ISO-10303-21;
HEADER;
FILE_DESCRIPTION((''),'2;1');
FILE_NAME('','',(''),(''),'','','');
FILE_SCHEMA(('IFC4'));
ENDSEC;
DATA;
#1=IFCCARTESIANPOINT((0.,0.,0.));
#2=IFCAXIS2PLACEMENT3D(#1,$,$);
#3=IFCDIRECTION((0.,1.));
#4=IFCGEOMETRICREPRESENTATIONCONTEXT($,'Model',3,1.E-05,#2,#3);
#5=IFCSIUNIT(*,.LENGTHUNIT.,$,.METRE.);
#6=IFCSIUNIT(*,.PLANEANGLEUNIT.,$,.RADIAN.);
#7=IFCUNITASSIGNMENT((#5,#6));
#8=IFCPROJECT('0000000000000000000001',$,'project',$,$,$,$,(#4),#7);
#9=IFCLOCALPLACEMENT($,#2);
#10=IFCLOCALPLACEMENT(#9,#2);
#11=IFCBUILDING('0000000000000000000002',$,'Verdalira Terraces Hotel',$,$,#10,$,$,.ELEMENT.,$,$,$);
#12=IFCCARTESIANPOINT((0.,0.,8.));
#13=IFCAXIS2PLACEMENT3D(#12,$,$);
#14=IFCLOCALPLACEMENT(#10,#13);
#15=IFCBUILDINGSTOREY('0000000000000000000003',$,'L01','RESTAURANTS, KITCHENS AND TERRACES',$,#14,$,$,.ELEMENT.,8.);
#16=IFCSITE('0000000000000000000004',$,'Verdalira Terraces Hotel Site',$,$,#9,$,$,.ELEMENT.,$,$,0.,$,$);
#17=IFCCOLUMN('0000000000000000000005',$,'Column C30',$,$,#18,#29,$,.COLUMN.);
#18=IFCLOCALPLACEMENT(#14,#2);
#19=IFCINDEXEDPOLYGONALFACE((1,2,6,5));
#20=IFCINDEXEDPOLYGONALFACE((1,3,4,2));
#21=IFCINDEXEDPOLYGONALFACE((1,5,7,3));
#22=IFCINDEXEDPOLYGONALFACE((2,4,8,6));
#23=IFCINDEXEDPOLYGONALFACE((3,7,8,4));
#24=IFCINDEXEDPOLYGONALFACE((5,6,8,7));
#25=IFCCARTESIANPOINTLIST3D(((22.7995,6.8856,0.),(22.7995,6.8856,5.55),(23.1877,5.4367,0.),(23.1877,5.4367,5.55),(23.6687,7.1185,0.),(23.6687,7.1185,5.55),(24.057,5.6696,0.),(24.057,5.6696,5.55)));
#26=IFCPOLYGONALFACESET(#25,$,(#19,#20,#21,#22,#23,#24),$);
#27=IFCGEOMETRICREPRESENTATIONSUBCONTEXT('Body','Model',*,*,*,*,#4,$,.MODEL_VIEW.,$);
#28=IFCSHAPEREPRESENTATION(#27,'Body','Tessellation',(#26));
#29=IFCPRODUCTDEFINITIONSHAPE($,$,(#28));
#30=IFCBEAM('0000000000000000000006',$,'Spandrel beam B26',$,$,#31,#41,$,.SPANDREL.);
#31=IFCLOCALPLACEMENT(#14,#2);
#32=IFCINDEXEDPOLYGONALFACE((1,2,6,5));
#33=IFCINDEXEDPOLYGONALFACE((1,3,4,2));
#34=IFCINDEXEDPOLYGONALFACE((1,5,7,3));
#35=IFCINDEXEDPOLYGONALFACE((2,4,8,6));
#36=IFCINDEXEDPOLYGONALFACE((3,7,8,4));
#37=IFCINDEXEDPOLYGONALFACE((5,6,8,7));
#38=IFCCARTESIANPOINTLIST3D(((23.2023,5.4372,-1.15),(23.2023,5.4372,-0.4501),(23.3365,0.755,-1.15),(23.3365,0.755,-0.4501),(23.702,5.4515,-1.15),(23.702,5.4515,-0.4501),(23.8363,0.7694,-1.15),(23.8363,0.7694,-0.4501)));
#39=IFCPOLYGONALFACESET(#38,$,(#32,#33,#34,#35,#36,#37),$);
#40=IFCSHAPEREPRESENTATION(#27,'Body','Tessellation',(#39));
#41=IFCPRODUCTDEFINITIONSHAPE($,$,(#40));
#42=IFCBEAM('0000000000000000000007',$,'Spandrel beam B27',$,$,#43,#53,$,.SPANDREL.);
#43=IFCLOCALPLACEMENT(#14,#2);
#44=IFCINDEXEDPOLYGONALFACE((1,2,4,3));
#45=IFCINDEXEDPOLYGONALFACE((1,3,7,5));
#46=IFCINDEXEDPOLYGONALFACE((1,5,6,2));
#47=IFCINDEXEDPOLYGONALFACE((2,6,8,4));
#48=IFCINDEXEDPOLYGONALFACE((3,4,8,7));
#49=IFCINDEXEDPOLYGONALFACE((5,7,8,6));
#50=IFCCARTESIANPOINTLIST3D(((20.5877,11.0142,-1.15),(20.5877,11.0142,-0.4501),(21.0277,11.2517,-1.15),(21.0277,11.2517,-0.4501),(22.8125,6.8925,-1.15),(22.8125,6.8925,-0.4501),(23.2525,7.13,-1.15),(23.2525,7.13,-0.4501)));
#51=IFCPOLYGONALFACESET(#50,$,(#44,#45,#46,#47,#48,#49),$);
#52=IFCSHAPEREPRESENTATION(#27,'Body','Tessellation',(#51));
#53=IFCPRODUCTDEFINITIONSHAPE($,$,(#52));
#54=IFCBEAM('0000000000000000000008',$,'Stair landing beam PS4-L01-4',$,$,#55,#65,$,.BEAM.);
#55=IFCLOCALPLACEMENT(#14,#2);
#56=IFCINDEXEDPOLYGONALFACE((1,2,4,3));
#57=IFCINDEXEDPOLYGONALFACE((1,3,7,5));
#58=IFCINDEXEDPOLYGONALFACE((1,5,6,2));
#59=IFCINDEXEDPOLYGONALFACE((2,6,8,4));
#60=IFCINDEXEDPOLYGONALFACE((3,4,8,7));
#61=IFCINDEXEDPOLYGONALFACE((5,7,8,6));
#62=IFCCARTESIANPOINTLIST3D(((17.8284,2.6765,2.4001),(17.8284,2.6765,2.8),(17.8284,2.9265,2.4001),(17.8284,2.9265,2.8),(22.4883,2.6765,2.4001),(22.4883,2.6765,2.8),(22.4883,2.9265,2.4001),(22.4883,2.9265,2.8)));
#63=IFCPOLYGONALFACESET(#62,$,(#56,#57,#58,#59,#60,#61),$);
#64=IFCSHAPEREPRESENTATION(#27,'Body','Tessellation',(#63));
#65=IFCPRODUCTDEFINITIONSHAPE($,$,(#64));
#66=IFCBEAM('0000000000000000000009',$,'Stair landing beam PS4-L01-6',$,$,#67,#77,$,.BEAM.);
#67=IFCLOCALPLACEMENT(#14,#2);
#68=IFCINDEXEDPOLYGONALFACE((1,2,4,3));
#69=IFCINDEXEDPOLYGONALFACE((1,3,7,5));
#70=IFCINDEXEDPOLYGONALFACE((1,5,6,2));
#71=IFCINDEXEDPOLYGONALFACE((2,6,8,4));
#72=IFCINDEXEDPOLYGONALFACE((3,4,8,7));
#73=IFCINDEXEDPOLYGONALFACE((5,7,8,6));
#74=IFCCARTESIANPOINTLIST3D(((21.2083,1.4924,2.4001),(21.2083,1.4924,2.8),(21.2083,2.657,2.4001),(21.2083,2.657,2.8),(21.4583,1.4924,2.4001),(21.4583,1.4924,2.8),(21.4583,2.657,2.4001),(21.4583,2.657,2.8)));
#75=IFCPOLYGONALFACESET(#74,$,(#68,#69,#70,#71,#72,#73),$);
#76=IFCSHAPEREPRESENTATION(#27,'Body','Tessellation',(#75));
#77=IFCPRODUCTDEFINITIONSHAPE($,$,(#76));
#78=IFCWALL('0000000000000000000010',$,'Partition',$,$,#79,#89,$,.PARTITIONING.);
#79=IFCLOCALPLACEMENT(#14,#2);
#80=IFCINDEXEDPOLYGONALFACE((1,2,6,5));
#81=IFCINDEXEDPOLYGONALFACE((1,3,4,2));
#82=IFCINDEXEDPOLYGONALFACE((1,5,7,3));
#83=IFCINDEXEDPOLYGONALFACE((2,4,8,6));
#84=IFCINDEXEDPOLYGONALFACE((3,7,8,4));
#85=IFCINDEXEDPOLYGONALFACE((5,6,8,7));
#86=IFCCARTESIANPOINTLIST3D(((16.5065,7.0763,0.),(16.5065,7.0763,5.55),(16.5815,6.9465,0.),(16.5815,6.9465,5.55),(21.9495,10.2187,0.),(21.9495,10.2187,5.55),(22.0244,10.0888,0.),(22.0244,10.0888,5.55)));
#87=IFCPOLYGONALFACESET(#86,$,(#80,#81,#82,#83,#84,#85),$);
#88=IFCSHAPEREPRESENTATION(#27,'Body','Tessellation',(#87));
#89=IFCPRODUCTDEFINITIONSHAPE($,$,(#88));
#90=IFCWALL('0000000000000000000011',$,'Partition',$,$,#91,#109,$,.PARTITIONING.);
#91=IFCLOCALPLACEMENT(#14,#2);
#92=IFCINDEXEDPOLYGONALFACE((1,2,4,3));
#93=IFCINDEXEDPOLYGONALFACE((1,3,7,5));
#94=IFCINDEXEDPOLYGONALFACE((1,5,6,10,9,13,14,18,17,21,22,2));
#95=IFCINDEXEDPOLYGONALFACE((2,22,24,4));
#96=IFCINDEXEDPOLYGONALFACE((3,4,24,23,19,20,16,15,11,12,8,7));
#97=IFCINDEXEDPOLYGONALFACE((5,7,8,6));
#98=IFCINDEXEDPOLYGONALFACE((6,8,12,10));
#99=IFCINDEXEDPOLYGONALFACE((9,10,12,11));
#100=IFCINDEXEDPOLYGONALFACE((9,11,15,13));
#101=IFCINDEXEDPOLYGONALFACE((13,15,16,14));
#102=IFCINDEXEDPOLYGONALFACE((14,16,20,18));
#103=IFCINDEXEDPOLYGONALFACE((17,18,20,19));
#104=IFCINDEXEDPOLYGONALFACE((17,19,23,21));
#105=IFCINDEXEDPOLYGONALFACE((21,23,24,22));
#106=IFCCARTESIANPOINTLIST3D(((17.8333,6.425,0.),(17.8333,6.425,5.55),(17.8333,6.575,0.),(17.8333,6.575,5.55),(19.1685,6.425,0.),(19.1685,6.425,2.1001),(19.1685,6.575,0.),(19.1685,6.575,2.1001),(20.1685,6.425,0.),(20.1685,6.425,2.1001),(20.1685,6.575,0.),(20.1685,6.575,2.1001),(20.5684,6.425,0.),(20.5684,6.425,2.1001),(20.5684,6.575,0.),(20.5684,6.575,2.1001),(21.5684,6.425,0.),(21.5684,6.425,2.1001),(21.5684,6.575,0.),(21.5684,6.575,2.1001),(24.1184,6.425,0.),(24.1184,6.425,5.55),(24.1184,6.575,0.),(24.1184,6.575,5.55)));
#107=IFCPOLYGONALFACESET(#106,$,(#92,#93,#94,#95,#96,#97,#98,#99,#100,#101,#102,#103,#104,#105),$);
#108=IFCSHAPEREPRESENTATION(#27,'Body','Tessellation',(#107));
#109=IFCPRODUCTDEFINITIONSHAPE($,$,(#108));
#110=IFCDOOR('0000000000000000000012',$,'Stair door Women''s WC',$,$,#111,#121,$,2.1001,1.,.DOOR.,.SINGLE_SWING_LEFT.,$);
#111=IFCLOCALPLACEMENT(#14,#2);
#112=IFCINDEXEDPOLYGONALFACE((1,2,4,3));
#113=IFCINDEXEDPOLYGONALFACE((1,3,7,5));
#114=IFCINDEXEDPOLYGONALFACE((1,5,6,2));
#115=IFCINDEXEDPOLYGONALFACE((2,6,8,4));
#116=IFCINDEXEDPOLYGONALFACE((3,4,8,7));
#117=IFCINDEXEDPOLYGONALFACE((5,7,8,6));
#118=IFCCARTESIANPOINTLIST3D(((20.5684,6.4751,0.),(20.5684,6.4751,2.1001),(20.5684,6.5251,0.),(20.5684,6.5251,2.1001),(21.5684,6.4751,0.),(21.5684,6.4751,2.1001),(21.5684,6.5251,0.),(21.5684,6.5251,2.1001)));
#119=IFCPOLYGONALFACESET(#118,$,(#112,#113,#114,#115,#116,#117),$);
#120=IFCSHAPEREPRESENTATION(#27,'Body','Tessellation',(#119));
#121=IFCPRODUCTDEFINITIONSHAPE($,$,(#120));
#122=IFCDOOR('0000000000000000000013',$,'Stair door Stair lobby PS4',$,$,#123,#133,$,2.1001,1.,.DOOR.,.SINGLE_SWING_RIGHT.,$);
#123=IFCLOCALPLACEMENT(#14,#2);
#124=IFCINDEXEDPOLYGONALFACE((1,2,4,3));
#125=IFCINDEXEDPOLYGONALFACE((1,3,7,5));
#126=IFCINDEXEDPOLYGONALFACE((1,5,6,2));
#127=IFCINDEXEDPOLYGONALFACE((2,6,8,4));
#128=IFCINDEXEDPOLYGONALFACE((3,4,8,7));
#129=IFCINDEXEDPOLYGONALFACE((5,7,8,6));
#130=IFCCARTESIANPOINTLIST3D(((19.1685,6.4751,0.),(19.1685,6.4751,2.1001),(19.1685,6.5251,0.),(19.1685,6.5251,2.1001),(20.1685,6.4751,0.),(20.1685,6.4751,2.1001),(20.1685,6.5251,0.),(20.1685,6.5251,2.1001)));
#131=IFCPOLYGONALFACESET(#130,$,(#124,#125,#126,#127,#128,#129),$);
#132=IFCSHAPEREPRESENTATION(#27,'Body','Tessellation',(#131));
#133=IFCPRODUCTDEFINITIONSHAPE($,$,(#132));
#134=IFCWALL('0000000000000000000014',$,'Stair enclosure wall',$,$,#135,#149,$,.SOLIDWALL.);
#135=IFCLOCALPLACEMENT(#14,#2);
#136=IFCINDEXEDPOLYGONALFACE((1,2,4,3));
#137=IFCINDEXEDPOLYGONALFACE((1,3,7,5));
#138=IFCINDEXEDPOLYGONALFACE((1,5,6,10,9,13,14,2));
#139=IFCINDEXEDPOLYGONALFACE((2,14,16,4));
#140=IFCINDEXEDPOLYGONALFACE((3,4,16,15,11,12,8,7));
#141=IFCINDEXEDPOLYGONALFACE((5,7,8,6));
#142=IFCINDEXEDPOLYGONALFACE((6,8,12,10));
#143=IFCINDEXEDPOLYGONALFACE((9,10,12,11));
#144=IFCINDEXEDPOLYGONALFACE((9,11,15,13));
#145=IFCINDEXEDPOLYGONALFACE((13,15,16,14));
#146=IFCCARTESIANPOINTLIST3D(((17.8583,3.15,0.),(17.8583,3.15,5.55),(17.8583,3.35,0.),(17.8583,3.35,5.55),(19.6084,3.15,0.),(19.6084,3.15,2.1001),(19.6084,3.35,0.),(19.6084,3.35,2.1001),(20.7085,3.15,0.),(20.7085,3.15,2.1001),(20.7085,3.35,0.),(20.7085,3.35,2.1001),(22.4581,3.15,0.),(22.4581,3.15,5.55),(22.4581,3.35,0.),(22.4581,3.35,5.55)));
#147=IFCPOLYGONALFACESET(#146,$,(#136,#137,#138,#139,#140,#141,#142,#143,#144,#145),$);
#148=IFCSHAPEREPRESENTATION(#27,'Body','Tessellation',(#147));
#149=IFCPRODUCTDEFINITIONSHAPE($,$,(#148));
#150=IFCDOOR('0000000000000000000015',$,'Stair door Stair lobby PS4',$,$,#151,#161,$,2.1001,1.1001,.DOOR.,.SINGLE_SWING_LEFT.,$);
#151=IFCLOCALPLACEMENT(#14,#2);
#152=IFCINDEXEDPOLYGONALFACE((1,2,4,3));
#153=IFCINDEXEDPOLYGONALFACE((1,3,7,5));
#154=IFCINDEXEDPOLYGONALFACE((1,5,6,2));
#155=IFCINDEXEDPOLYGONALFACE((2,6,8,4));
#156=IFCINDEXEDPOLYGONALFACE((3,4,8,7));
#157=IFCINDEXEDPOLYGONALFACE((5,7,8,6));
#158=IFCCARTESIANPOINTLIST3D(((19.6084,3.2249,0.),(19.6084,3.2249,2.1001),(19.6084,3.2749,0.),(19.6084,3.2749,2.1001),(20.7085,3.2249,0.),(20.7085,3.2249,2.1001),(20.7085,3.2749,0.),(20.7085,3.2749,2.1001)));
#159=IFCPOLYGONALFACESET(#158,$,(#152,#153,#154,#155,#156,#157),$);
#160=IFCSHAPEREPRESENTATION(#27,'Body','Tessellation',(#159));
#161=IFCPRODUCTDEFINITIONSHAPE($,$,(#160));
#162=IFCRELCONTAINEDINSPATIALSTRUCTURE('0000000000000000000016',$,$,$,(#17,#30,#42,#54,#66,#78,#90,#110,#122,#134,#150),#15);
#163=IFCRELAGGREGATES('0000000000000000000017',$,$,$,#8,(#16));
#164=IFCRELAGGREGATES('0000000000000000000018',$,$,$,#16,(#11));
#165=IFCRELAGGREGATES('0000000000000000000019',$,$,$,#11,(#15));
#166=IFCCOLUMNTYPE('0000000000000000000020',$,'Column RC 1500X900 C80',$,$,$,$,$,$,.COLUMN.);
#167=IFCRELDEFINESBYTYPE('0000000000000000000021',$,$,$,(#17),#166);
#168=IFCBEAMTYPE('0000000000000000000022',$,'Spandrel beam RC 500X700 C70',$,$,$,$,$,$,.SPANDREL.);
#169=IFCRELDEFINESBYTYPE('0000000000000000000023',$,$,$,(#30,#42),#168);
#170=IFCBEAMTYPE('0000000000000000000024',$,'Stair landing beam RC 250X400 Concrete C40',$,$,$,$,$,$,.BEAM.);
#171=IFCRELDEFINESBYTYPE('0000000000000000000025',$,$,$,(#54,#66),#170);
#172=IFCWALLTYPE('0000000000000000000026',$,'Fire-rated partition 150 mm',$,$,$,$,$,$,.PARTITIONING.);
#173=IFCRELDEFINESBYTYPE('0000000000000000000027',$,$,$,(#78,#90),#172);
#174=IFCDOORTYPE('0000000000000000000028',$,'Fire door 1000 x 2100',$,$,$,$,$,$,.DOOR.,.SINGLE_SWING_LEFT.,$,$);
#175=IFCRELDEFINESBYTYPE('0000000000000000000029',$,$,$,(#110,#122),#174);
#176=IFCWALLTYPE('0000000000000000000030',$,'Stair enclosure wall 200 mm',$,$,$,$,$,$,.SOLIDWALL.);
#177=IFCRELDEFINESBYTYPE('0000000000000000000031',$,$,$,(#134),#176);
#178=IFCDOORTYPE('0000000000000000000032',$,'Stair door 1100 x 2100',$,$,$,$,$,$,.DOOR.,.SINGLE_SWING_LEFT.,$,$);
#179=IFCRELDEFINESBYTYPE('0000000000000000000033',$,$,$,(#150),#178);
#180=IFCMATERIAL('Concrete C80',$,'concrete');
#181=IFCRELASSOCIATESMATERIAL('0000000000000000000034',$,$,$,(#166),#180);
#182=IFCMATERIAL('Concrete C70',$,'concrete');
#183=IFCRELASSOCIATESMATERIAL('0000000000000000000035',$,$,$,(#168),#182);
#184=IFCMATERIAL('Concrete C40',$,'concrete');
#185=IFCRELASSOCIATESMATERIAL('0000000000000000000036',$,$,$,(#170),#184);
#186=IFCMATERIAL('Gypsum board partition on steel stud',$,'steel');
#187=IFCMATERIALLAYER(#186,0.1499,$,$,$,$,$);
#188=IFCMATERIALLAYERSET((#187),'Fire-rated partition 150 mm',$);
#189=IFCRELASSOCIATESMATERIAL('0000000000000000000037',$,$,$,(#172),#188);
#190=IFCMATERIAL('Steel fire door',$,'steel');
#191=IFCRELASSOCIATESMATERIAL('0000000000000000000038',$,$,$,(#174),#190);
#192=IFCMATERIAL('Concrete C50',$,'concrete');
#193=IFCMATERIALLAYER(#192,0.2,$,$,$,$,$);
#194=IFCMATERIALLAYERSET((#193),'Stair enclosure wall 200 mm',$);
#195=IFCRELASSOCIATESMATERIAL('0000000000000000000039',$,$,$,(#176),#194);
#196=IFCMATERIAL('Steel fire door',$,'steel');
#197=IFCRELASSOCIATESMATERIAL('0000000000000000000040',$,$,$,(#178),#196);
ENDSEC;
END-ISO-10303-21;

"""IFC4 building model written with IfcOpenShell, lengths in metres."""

from ifc_helpers import new_model, si_unit, direction, frame, frame_2d, origin, origin_2d, place, context, subcontext, project, spatial, rectangle, extrude, material, layer, layer_set, material_profile, profile_set, type_object, element, fill, save


model = new_model("IFC4")

# Units and contexts
model_context = context("Model", 3, precision=1e-05, world=origin(), true_north=direction((0.0, 1.0)))
body_context = subcontext(model_context, "Body", "Model", "MODEL_VIEW")
ifc_project = project(units=[si_unit("LENGTHUNIT", "METRE"), si_unit("PLANEANGLEUNIT", "RADIAN")], contexts=[model_context])

# Site, building, storey
site_placement = place(None, origin())
site = spatial("IfcSite", under=ifc_project, at=site_placement, Name="Verdalira Terraces Hotel Site", CompositionType="ELEMENT", RefElevation=0.0)
building_placement = place(site_placement, origin())
building = spatial("IfcBuilding", under=site, at=building_placement, Name="Verdalira Terraces Hotel", CompositionType="ELEMENT")
storey_placement = place(building_placement, frame((0.0, 0.0, 8.0)))
storey = spatial("IfcBuildingStorey", under=building, at=storey_placement, Name="L01", Description="RESTAURANTS, KITCHENS AND TERRACES", CompositionType="ELEMENT", Elevation=8.0)

# Column
ifc_material_1 = material(Name="Concrete C80", Category="concrete")
ifc_material_profile_1 = material_profile(ifc_material_1, rectangle(XDim=1.5, YDim=0.8999, at=origin_2d()), Name="RC 1500X900")
ifc_profile_set_1 = profile_set([ifc_material_profile_1], Name="Concrete C80")
column_type = type_object("IfcColumnType", Name="Column RC 1500X900 C80", PredefinedType="COLUMN", material=ifc_profile_set_1)
column_placement = place(storey_placement, frame((23.4282, 6.2776, 0.0), z_axis=(0.0, 0.0, 1.0), x_axis=(0.258819, -0.965926, 0.0)))
element("IfcColumn", 1, at=column_placement, inside=storey, type_object=column_type, Name="Column C30", PredefinedType="COLUMN", context=body_context, shape_type="SweptSolid", body=[
    extrude(rectangle(XDim=1.5, YDim=0.8999, at=origin_2d()), origin(), (0.0, 0.0, 1.0), 5.55),
])

# Beams
ifc_material_2 = material(Name="Concrete C70", Category="concrete")
ifc_material_profile_2 = material_profile(ifc_material_2, rectangle(XDim=0.5, YDim=0.7, at=origin_2d()), Name="RC 500X700")
ifc_profile_set_2 = profile_set([ifc_material_profile_2], Name="Concrete C70")
beam_type_1 = type_object("IfcBeamType", Name="Spandrel beam RC 500X700 C70", PredefinedType="SPANDREL", material=ifc_profile_set_2)
beam_1_placement = place(storey_placement, frame((23.5864, 0.7622, -0.8), z_axis=(-0.028667, 0.999589, 0.0), x_axis=(-0.999589, -0.028667, 0.0)))
element("IfcBeam", 2, at=beam_1_placement, inside=storey, type_object=beam_type_1, Name="Spandrel beam B26", PredefinedType="SPANDREL", context=body_context, shape_type="SweptSolid", body=[
    extrude(rectangle(XDim=0.5, YDim=0.7, at=origin_2d()), origin(), (0.0, 0.0, 1.0), 4.6841),
])
beam_2_placement = place(storey_placement, frame((23.0325, 7.0112, -0.8), z_axis=(-0.474995, 0.879989, 0.0), x_axis=(-0.879989, -0.474995, 0.0)))
element("IfcBeam", 3, at=beam_2_placement, inside=storey, type_object=beam_type_1, Name="Spandrel beam B27", PredefinedType="SPANDREL", context=body_context, shape_type="SweptSolid", body=[
    extrude(rectangle(XDim=0.5, YDim=0.7, at=origin_2d()), origin(), (0.0, 0.0, 1.0), 4.6838),
])
ifc_material_3 = material(Name="Concrete C40", Category="concrete")
ifc_material_profile_3 = material_profile(ifc_material_3, rectangle(XDim=0.25, YDim=0.3999, at=origin_2d()), Name="RC 250X400")
ifc_profile_set_3 = profile_set([ifc_material_profile_3], Name="Concrete C40")
beam_type_2 = type_object("IfcBeamType", Name="Stair landing beam RC 250X400 Concrete C40", PredefinedType="BEAM", material=ifc_profile_set_3)
beam_3_placement = place(storey_placement, frame((17.8284, 2.8015, 2.6001), z_axis=(1.0, 0.0, 0.0), x_axis=(0.0, 1.0, 0.0)))
element("IfcBeam", 4, at=beam_3_placement, inside=storey, type_object=beam_type_2, Name="Stair landing beam PS4-L01-4", PredefinedType="BEAM", context=body_context, shape_type="SweptSolid", body=[
    extrude(rectangle(XDim=0.25, YDim=0.3999, at=origin_2d()), origin(), (0.0, 0.0, 1.0), 4.6599),
])
beam_4_placement = place(storey_placement, frame((21.3333, 2.657, 2.6001), z_axis=(0.0, -1.0, 0.0), x_axis=(1.0, 0.0, 0.0)))
element("IfcBeam", 5, at=beam_4_placement, inside=storey, type_object=beam_type_2, Name="Stair landing beam PS4-L01-6", PredefinedType="BEAM", context=body_context, shape_type="SweptSolid", body=[
    extrude(rectangle(XDim=0.25, YDim=0.3999, at=origin_2d()), origin(), (0.0, 0.0, 1.0), 1.1646),
])

# Wall
ifc_material_4 = material(Name="Gypsum board partition on steel stud", Category="steel")
ifc_layer_1 = layer(ifc_material_4, 0.1499)
ifc_layer_set_1 = layer_set([ifc_layer_1], Name="Fire-rated partition 150 mm")
wall_type_1 = type_object("IfcWallType", Name="Fire-rated partition 150 mm", PredefinedType="PARTITIONING", material=ifc_layer_set_1)
wall_1_placement = place(storey_placement, frame((21.9871, 10.1538, 0.0), z_axis=(0.0, 0.0, 1.0), x_axis=(-0.866033, -0.499987, 0.0)))
element("IfcWall", 6, at=wall_1_placement, inside=storey, type_object=wall_type_1, Name="Partition", PredefinedType="PARTITIONING", context=body_context, shape_type="SweptSolid", body=[
    extrude(rectangle(XDim=6.2849, YDim=0.1499, at=frame_2d((3.1426, 0.0))), origin(), (0.0, 0.0, 1.0), 5.55),
])

# Wall, openings, doors
wall_2_placement = place(storey_placement, frame((24.1184, 6.5, 0.0), z_axis=(0.0, 0.0, 1.0), x_axis=(-1.0, 0.0, 0.0)))
wall_2 = element("IfcWall", 7, at=wall_2_placement, inside=storey, type_object=wall_type_1, Name="Partition", PredefinedType="PARTITIONING", context=body_context, shape_type="SweptSolid", body=[
    extrude(rectangle(XDim=6.2852, YDim=0.1499, at=frame_2d((3.1426, 0.0))), origin(), (0.0, 0.0, 1.0), 5.55),
])
opening_1_placement = place(wall_2_placement, frame((2.55, 0.0, 0.0)))
opening_1 = element("IfcOpeningElement", 8, at=opening_1_placement, cuts=wall_2, PredefinedType="OPENING", context=body_context, shape_type="SweptSolid", body=[
    extrude(rectangle(XDim=1.0, YDim=2.1001, at=frame_2d((0.5, 1.05))), frame((0.0, 0.085, 0.0), z_axis=(0.0, -1.0, 0.0), x_axis=(1.0, 0.0, 0.0)), (0.0, 0.0, 1.0), 0.1699),
])
opening_2_placement = place(wall_2_placement, frame((3.95, 0.0, 0.0)))
opening_2 = element("IfcOpeningElement", 9, at=opening_2_placement, cuts=wall_2, PredefinedType="OPENING", context=body_context, shape_type="SweptSolid", body=[
    extrude(rectangle(XDim=1.0, YDim=2.1001, at=frame_2d((0.5, 1.05))), frame((0.0, 0.085, 0.0), z_axis=(0.0, -1.0, 0.0), x_axis=(1.0, 0.0, 0.0)), (0.0, 0.0, 1.0), 0.1699),
])
ifc_material_5 = material(Name="Steel fire door", Category="steel")
door_type_1 = type_object("IfcDoorType", Name="Fire door 1000 x 2100", OperationType="SINGLE_SWING_LEFT", PredefinedType="DOOR", material=ifc_material_5)
door_1_placement = place(opening_1_placement, origin())
door_1 = element("IfcDoor", 10, at=door_1_placement, inside=storey, type_object=door_type_1, Name="Stair door Women's WC", OperationType="SINGLE_SWING_LEFT", OverallHeight=2.1001, OverallWidth=1.0, PredefinedType="DOOR", context=body_context, shape_type="SweptSolid", body=[
    extrude(rectangle(XDim=1.0, YDim=2.1001, at=frame_2d((0.5, 1.05))), frame((0.0, 0.0249, 0.0), z_axis=(0.0, -1.0, 0.0), x_axis=(1.0, 0.0, 0.0)), (0.0, 0.0, 1.0), 0.05),
])
fill(opening_1, door_1)
door_2_placement = place(opening_2_placement, origin())
door_2 = element("IfcDoor", 11, at=door_2_placement, inside=storey, type_object=door_type_1, Name="Stair door Stair lobby PS4", OperationType="SINGLE_SWING_RIGHT", OverallHeight=2.1001, OverallWidth=1.0, PredefinedType="DOOR", context=body_context, shape_type="SweptSolid", body=[
    extrude(rectangle(XDim=1.0, YDim=2.1001, at=frame_2d((0.5, 1.05))), frame((0.0, 0.0249, 0.0), z_axis=(0.0, -1.0, 0.0), x_axis=(1.0, 0.0, 0.0)), (0.0, 0.0, 1.0), 0.05),
])
fill(opening_2, door_2)

# Wall, opening, door
ifc_material_6 = material(Name="Concrete C50", Category="concrete")
ifc_layer_2 = layer(ifc_material_6, 0.2)
ifc_layer_set_2 = layer_set([ifc_layer_2], Name="Stair enclosure wall 200 mm")
wall_type_2 = type_object("IfcWallType", Name="Stair enclosure wall 200 mm", PredefinedType="SOLIDWALL", material=ifc_layer_set_2)
wall_3_placement = place(storey_placement, frame((17.8584, 3.25, 0.0), z_axis=(0.0, 0.0, 1.0), x_axis=(1.0, 0.0, 0.0)))
wall_3 = element("IfcWall", 12, at=wall_3_placement, inside=storey, type_object=wall_type_2, Name="Stair enclosure wall", PredefinedType="SOLIDWALL", context=body_context, shape_type="SweptSolid", body=[
    extrude(rectangle(XDim=4.5999, YDim=0.2, at=frame_2d((2.2998, 0.0))), origin(), (0.0, 0.0, 1.0), 5.55),
])
opening_3_placement = place(wall_3_placement, frame((1.75, 0.0, 0.0)))
opening_3 = element("IfcOpeningElement", 13, at=opening_3_placement, cuts=wall_3, PredefinedType="OPENING", context=body_context, shape_type="SweptSolid", body=[
    extrude(rectangle(XDim=1.1001, YDim=2.1001, at=frame_2d((0.55, 1.05))), frame((0.0, 0.1099, 0.0), z_axis=(0.0, -1.0, 0.0), x_axis=(1.0, 0.0, 0.0)), (0.0, 0.0, 1.0), 0.22),
])
ifc_material_7 = material(Name="Steel fire door", Category="steel")
door_type_2 = type_object("IfcDoorType", Name="Stair door 1100 x 2100", OperationType="SINGLE_SWING_LEFT", PredefinedType="DOOR", material=ifc_material_7)
door_3_placement = place(opening_3_placement, origin())
door_3 = element("IfcDoor", 14, at=door_3_placement, inside=storey, type_object=door_type_2, Name="Stair door Stair lobby PS4", OperationType="SINGLE_SWING_LEFT", OverallHeight=2.1001, OverallWidth=1.1001, PredefinedType="DOOR", context=body_context, shape_type="SweptSolid", body=[
    extrude(rectangle(XDim=1.1001, YDim=2.1001, at=frame_2d((0.55, 1.05))), frame((0.0, 0.0249, 0.0), z_axis=(0.0, -1.0, 0.0), x_axis=(1.0, 0.0, 0.0)), (0.0, 0.0, 1.0), 0.05),
])
fill(opening_3, door_3)

save(model, "model.ifc")
